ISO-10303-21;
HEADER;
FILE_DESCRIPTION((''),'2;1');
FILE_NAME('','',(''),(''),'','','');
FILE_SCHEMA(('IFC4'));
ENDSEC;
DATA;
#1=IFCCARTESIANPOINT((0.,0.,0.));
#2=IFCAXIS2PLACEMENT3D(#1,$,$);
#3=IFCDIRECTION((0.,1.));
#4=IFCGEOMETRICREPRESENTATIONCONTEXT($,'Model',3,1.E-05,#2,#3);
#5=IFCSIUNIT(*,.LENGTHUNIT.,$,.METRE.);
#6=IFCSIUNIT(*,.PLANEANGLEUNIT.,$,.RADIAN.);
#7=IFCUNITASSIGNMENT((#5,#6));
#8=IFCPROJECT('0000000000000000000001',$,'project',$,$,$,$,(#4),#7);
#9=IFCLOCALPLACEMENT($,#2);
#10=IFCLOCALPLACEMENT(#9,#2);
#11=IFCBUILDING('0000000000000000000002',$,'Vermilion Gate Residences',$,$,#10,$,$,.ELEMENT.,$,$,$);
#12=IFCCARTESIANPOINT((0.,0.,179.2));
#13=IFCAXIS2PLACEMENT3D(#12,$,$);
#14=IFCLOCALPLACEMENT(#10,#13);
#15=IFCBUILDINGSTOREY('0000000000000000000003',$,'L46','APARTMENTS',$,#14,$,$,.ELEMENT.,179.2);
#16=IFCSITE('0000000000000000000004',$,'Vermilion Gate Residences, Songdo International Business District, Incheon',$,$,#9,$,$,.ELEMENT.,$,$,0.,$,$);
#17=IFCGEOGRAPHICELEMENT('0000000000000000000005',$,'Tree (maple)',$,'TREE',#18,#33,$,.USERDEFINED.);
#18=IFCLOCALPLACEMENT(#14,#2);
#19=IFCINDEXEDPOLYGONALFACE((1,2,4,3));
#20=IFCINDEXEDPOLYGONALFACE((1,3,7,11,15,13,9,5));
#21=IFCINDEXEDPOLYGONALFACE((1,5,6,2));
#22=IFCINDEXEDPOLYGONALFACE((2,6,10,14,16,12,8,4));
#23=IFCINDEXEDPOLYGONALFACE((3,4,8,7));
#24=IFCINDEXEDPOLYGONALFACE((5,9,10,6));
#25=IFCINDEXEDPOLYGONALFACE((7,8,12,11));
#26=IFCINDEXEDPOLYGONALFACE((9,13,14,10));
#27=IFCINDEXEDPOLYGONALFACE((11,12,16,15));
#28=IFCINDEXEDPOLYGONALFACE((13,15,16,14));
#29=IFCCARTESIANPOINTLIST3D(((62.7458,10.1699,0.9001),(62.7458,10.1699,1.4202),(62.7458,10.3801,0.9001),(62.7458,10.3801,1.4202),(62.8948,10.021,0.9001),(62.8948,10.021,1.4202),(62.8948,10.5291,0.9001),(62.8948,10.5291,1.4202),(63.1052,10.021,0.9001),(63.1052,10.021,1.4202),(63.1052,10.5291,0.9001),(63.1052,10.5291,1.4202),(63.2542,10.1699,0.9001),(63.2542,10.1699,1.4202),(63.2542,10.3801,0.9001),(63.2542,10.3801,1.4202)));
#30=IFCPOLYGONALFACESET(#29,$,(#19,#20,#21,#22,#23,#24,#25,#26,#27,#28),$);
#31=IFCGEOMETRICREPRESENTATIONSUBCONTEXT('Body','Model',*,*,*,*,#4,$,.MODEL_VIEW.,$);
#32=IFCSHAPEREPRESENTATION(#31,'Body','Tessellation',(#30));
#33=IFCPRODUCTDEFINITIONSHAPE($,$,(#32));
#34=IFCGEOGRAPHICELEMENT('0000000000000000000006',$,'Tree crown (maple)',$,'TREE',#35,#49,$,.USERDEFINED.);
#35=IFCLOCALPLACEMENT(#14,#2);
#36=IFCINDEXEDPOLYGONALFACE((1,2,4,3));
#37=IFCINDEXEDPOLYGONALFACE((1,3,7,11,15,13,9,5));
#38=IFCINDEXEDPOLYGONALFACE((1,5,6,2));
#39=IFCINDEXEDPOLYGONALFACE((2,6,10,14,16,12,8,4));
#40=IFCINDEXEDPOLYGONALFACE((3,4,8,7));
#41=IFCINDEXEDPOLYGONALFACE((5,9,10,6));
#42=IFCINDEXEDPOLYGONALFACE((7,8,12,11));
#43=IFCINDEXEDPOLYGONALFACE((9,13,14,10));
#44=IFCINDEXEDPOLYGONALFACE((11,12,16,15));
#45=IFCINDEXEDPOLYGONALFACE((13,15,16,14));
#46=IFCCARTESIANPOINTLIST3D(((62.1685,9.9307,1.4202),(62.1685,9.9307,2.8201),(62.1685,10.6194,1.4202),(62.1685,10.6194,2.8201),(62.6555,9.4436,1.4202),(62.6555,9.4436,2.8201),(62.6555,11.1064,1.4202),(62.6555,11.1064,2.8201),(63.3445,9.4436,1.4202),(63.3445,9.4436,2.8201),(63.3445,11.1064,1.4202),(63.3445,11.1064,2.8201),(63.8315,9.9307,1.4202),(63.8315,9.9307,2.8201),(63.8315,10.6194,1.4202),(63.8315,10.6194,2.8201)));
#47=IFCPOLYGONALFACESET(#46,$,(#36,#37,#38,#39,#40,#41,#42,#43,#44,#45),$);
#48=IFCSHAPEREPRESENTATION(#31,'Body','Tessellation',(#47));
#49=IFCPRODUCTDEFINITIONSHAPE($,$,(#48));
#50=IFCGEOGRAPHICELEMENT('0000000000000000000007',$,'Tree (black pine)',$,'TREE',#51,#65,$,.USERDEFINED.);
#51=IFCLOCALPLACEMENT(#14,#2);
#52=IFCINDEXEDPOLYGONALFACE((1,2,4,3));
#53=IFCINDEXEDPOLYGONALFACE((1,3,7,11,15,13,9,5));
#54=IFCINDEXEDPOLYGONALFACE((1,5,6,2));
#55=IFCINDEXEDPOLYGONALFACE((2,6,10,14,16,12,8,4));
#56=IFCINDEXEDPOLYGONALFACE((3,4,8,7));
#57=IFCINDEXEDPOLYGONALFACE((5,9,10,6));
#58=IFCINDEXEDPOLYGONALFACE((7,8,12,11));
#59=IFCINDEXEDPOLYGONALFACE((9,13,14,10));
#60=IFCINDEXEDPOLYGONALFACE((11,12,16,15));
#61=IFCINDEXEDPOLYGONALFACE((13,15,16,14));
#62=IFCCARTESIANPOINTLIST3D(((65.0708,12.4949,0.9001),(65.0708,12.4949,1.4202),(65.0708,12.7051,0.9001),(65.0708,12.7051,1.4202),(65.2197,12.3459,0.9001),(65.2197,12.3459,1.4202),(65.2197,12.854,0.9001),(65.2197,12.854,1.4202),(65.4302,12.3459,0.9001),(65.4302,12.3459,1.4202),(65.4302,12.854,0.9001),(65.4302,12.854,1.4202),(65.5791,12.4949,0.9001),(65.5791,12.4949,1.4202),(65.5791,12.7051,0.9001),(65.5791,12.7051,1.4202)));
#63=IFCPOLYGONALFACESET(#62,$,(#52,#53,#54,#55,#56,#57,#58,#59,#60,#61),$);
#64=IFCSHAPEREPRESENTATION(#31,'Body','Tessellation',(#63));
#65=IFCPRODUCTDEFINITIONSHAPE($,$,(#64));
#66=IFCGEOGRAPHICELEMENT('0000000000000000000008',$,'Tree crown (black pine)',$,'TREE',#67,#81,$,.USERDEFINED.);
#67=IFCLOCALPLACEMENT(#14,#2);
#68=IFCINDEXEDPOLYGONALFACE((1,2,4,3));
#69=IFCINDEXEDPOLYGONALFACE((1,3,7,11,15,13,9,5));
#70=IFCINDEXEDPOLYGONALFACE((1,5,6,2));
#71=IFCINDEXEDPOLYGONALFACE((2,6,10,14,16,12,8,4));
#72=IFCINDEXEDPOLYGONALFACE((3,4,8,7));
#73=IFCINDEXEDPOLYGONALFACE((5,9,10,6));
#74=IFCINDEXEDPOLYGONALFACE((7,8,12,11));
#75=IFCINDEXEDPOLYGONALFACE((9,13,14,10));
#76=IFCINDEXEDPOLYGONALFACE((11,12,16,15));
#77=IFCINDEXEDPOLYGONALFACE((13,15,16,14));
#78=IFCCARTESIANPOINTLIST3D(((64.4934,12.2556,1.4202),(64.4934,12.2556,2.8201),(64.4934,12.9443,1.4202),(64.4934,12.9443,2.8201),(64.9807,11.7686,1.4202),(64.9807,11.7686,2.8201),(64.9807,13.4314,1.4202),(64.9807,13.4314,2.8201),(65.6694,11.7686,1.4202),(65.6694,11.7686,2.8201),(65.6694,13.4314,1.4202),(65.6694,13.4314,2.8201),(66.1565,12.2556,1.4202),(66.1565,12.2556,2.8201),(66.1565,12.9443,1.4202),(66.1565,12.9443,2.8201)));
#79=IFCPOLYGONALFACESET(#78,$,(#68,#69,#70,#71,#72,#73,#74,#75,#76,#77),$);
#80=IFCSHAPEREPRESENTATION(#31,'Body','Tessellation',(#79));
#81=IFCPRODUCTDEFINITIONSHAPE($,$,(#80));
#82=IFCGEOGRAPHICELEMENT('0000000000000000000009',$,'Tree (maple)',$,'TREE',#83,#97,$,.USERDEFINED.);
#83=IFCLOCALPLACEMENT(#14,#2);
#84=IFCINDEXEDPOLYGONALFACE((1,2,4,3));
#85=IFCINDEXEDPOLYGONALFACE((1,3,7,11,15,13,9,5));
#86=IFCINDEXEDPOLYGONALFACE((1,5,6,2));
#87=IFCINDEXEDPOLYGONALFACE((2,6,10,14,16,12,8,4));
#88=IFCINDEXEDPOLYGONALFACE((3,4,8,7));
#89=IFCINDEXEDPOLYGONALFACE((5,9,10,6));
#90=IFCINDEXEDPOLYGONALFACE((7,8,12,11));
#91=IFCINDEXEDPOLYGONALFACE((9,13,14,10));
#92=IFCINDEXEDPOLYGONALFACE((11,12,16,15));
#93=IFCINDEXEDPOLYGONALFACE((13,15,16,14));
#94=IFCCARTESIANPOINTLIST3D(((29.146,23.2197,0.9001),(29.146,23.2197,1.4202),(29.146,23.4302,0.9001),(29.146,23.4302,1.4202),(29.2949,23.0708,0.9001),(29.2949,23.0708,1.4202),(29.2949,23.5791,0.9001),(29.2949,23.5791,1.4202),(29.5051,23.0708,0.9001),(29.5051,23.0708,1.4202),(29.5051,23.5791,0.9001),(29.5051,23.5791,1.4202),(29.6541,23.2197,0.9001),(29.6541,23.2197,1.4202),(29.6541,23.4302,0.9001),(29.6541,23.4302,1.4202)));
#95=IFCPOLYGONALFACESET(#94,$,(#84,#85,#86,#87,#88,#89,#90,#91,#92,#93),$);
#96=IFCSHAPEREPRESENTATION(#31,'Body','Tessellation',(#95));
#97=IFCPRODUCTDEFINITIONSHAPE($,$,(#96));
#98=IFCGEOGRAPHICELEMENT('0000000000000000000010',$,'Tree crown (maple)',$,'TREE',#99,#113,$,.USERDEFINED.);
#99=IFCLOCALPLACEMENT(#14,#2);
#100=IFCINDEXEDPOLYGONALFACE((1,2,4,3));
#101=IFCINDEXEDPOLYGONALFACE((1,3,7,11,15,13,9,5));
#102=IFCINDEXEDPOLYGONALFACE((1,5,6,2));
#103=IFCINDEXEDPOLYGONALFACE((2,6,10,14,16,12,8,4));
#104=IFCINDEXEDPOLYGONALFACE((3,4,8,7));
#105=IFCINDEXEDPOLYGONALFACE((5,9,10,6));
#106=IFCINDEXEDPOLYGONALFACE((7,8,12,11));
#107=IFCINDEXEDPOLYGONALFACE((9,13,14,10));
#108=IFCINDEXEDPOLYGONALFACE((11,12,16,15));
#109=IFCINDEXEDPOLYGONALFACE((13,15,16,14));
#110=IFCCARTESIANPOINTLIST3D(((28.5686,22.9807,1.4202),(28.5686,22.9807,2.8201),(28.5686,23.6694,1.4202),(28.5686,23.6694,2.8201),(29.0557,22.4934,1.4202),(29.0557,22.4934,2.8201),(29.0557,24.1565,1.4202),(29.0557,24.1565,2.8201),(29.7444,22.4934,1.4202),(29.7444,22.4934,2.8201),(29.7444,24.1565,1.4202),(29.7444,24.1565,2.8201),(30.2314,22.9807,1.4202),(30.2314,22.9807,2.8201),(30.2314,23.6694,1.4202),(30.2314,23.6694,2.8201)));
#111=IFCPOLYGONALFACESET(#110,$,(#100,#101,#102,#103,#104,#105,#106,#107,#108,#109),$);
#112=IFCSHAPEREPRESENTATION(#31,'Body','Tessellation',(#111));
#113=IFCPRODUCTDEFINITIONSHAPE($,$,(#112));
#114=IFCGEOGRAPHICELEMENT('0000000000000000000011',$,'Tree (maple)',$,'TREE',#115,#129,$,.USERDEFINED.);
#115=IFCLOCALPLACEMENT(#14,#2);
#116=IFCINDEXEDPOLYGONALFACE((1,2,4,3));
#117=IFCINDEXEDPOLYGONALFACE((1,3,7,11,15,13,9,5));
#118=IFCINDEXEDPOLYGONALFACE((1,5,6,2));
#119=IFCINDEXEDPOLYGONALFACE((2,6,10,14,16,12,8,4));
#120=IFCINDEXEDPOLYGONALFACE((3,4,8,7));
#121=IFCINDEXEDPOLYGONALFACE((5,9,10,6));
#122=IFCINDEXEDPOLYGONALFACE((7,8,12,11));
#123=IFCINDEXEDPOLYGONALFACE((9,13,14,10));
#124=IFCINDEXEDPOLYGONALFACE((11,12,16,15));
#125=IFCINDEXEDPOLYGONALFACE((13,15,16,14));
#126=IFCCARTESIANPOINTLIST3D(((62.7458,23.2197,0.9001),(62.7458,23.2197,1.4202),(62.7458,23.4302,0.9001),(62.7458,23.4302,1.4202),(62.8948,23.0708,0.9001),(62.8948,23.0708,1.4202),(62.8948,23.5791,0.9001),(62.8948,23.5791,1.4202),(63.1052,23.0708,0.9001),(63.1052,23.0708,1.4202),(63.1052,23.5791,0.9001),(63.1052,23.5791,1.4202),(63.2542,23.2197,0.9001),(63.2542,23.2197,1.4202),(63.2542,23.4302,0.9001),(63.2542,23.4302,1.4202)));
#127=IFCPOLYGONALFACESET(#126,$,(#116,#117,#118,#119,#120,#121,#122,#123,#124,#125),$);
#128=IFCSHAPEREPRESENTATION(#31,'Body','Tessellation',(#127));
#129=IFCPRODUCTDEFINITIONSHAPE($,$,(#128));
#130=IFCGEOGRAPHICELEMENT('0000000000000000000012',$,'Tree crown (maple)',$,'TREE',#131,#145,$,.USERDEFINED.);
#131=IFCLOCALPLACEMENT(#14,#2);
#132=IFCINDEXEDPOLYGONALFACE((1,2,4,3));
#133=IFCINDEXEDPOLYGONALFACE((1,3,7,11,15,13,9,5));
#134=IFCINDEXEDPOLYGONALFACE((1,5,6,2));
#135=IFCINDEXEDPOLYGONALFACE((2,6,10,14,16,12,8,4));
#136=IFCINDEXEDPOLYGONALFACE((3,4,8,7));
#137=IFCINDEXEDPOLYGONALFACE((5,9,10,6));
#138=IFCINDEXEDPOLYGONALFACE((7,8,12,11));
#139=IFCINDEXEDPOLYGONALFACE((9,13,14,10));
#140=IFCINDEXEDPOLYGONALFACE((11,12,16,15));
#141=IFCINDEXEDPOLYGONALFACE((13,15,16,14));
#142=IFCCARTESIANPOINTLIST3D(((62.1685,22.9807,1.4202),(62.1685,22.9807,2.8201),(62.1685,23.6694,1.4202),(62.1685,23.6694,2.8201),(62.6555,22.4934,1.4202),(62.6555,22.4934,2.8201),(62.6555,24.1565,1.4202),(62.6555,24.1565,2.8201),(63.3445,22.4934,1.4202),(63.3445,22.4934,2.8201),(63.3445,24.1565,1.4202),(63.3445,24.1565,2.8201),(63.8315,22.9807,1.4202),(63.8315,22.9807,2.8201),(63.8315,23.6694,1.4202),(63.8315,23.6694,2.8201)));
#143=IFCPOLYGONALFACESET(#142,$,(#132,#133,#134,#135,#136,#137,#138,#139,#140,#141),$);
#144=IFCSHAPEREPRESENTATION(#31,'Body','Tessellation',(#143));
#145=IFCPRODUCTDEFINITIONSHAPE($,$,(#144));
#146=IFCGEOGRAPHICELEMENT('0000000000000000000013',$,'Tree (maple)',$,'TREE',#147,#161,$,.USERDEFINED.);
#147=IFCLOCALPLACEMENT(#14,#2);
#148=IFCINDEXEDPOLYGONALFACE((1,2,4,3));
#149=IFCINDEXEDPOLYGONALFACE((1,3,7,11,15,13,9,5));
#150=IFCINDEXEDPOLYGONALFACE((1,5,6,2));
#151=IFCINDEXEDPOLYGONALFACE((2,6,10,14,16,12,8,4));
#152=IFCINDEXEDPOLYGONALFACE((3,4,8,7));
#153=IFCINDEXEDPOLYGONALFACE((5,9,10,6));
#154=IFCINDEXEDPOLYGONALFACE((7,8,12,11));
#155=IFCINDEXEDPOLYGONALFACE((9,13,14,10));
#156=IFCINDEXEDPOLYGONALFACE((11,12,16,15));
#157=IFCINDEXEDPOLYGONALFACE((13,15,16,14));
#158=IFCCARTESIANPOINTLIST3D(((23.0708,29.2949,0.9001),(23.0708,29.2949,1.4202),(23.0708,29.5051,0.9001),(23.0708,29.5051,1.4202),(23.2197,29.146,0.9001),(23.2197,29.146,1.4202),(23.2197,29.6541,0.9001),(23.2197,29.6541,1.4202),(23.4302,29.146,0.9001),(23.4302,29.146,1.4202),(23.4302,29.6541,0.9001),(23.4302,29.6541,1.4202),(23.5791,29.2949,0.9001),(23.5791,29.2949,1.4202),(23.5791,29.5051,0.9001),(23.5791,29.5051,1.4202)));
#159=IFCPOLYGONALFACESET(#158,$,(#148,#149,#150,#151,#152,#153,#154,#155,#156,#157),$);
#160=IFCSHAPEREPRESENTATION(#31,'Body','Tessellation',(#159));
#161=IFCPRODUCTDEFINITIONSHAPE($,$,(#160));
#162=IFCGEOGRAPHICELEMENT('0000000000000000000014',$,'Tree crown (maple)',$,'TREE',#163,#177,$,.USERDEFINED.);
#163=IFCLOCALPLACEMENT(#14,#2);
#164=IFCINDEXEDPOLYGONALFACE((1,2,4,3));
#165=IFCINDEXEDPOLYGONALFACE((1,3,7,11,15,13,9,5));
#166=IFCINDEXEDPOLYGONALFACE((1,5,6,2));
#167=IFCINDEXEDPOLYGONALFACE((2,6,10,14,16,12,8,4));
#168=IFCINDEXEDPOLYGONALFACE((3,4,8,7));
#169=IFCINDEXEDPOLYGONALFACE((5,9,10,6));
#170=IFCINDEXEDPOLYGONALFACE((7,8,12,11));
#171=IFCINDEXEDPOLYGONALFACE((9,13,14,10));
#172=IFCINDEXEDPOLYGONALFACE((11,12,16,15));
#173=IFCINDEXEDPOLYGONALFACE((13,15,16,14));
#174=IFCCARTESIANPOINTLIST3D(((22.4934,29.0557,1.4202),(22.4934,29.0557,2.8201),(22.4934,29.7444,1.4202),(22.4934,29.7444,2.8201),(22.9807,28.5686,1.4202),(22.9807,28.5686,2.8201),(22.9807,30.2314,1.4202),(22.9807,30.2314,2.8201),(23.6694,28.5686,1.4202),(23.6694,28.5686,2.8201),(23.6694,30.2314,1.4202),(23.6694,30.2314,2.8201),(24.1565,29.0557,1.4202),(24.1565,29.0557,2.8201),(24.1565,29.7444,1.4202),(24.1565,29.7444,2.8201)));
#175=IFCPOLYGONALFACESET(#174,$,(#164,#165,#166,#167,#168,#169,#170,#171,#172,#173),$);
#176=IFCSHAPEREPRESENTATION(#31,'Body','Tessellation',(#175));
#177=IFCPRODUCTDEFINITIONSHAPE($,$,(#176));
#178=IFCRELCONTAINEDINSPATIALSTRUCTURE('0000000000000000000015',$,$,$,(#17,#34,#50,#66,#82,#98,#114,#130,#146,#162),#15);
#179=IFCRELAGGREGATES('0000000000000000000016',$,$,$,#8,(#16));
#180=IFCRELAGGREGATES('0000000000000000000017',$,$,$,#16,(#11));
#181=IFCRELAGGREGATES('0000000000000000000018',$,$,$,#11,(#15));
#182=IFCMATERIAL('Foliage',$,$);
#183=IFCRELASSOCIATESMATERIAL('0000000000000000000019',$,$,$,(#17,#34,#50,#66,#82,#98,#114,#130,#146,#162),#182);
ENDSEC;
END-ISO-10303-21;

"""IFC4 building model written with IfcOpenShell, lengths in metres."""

from ifc_helpers import new_model, si_unit, direction, frame, origin, place, context, subcontext, project, spatial, polyline, outline, extrude, material, element, save


model = new_model("IFC4")

# Units and contexts
model_context = context("Model", 3, precision=1e-05, world=origin(), true_north=direction((0.0, 1.0)))
body_context = subcontext(model_context, "Body", "Model", "MODEL_VIEW")
ifc_project = project(units=[si_unit("LENGTHUNIT", "METRE"), si_unit("PLANEANGLEUNIT", "RADIAN")], contexts=[model_context])

# Site, building, storey
site_placement = place(None, origin())
site = spatial("IfcSite", under=ifc_project, at=site_placement, Name="Vermilion Gate Residences, Songdo International Business District, Incheon", CompositionType="ELEMENT", RefElevation=0.0)
building_placement = place(site_placement, origin())
building = spatial("IfcBuilding", under=site, at=building_placement, Name="Vermilion Gate Residences", CompositionType="ELEMENT")
storey_placement = place(building_placement, frame((0.0, 0.0, 179.2)))
storey = spatial("IfcBuildingStorey", under=building, at=storey_placement, Name="L46", Description="APARTMENTS", CompositionType="ELEMENT", Elevation=179.2)

# Geographic elements
ifc_material_1 = material(Name="Foliage")
geographic_element_1_placement = place(storey_placement, frame((0.0, 0.0, 0.9001)))
element("IfcGeographicElement", 1, at=geographic_element_1_placement, inside=storey, material=ifc_material_1, Name="Tree (maple)", ObjectType="TREE", PredefinedType="USERDEFINED", context=body_context, shape_type="SweptSolid", body=[
    extrude(outline(polyline([(63.2542, 10.3801), (63.1052, 10.5291), (62.8948, 10.5291), (62.7458, 10.3801), (62.7458, 10.1699), (62.8948, 10.021), (63.1052, 10.021), (63.2542, 10.1699), (63.2542, 10.3801)])), origin(), (0.0, 0.0, 1.0), 0.52),
])
geographic_element_2_placement = place(storey_placement, frame((0.0, 0.0, 1.4202)))
element("IfcGeographicElement", 2, at=geographic_element_2_placement, inside=storey, material=ifc_material_1, Name="Tree crown (maple)", ObjectType="TREE", PredefinedType="USERDEFINED", context=body_context, shape_type="SweptSolid", body=[
    extrude(outline(polyline([(63.8315, 10.6194), (63.3445, 11.1064), (62.6555, 11.1064), (62.1685, 10.6194), (62.1685, 9.9307), (62.6555, 9.4436), (63.3445, 9.4436), (63.8315, 9.9307), (63.8315, 10.6194)])), origin(), (0.0, 0.0, 1.0), 1.3999),
])
geographic_element_3_placement = place(storey_placement, frame((0.0, 0.0, 0.9001)))
element("IfcGeographicElement", 3, at=geographic_element_3_placement, inside=storey, material=ifc_material_1, Name="Tree (black pine)", ObjectType="TREE", PredefinedType="USERDEFINED", context=body_context, shape_type="SweptSolid", body=[
    extrude(outline(polyline([(65.5791, 12.7051), (65.4302, 12.854), (65.2197, 12.854), (65.0708, 12.7051), (65.0708, 12.4949), (65.2197, 12.3459), (65.4302, 12.3459), (65.5791, 12.4949), (65.5791, 12.7051)])), origin(), (0.0, 0.0, 1.0), 0.52),
])
geographic_element_4_placement = place(storey_placement, frame((0.0, 0.0, 1.4202)))
element("IfcGeographicElement", 4, at=geographic_element_4_placement, inside=storey, material=ifc_material_1, Name="Tree crown (black pine)", ObjectType="TREE", PredefinedType="USERDEFINED", context=body_context, shape_type="SweptSolid", body=[
    extrude(outline(polyline([(66.1565, 12.9443), (65.6694, 13.4314), (64.9807, 13.4314), (64.4934, 12.9443), (64.4934, 12.2556), (64.9807, 11.7686), (65.6694, 11.7686), (66.1565, 12.2556), (66.1565, 12.9443)])), origin(), (0.0, 0.0, 1.0), 1.3999),
])
geographic_element_5_placement = place(storey_placement, frame((0.0, 0.0, 0.9001)))
element("IfcGeographicElement", 5, at=geographic_element_5_placement, inside=storey, material=ifc_material_1, Name="Tree (maple)", ObjectType="TREE", PredefinedType="USERDEFINED", context=body_context, shape_type="SweptSolid", body=[
    extrude(outline(polyline([(29.6541, 23.4302), (29.5051, 23.5791), (29.2949, 23.5791), (29.146, 23.4302), (29.146, 23.2197), (29.2949, 23.0708), (29.5051, 23.0708), (29.6541, 23.2197), (29.6541, 23.4302)])), origin(), (0.0, 0.0, 1.0), 0.52),
])
geographic_element_6_placement = place(storey_placement, frame((0.0, 0.0, 1.4202)))
element("IfcGeographicElement", 6, at=geographic_element_6_placement, inside=storey, material=ifc_material_1, Name="Tree crown (maple)", ObjectType="TREE", PredefinedType="USERDEFINED", context=body_context, shape_type="SweptSolid", body=[
    extrude(outline(polyline([(30.2314, 23.6694), (29.7444, 24.1565), (29.0557, 24.1565), (28.5686, 23.6694), (28.5686, 22.9807), (29.0557, 22.4934), (29.7444, 22.4934), (30.2314, 22.9807), (30.2314, 23.6694)])), origin(), (0.0, 0.0, 1.0), 1.3999),
])
geographic_element_7_placement = place(storey_placement, frame((0.0, 0.0, 0.9001)))
element("IfcGeographicElement", 7, at=geographic_element_7_placement, inside=storey, material=ifc_material_1, Name="Tree (maple)", ObjectType="TREE", PredefinedType="USERDEFINED", context=body_context, shape_type="SweptSolid", body=[
    extrude(outline(polyline([(63.2542, 23.4302), (63.1052, 23.5791), (62.8948, 23.5791), (62.7458, 23.4302), (62.7458, 23.2197), (62.8948, 23.0708), (63.1052, 23.0708), (63.2542, 23.2197), (63.2542, 23.4302)])), origin(), (0.0, 0.0, 1.0), 0.52),
])
geographic_element_8_placement = place(storey_placement, frame((0.0, 0.0, 1.4202)))
element("IfcGeographicElement", 8, at=geographic_element_8_placement, inside=storey, material=ifc_material_1, Name="Tree crown (maple)", ObjectType="TREE", PredefinedType="USERDEFINED", context=body_context, shape_type="SweptSolid", body=[
    extrude(outline(polyline([(63.8315, 23.6694), (63.3445, 24.1565), (62.6555, 24.1565), (62.1685, 23.6694), (62.1685, 22.9807), (62.6555, 22.4934), (63.3445, 22.4934), (63.8315, 22.9807), (63.8315, 23.6694)])), origin(), (0.0, 0.0, 1.0), 1.3999),
])
geographic_element_9_placement = place(storey_placement, frame((0.0, 0.0, 0.9001)))
element("IfcGeographicElement", 9, at=geographic_element_9_placement, inside=storey, material=ifc_material_1, Name="Tree (maple)", ObjectType="TREE", PredefinedType="USERDEFINED", context=body_context, shape_type="SweptSolid", body=[
    extrude(outline(polyline([(23.5791, 29.5051), (23.4302, 29.6541), (23.2197, 29.6541), (23.0708, 29.5051), (23.0708, 29.2949), (23.2197, 29.146), (23.4302, 29.146), (23.5791, 29.2949), (23.5791, 29.5051)])), origin(), (0.0, 0.0, 1.0), 0.52),
])
geographic_element_10_placement = place(storey_placement, frame((0.0, 0.0, 1.4202)))
element("IfcGeographicElement", 10, at=geographic_element_10_placement, inside=storey, material=ifc_material_1, Name="Tree crown (maple)", ObjectType="TREE", PredefinedType="USERDEFINED", context=body_context, shape_type="SweptSolid", body=[
    extrude(outline(polyline([(24.1565, 29.7444), (23.6694, 30.2314), (22.9807, 30.2314), (22.4934, 29.7444), (22.4934, 29.0557), (22.9807, 28.5686), (23.6694, 28.5686), (24.1565, 29.0557), (24.1565, 29.7444)])), origin(), (0.0, 0.0, 1.0), 1.3999),
])

save(model, "model.ifc")
